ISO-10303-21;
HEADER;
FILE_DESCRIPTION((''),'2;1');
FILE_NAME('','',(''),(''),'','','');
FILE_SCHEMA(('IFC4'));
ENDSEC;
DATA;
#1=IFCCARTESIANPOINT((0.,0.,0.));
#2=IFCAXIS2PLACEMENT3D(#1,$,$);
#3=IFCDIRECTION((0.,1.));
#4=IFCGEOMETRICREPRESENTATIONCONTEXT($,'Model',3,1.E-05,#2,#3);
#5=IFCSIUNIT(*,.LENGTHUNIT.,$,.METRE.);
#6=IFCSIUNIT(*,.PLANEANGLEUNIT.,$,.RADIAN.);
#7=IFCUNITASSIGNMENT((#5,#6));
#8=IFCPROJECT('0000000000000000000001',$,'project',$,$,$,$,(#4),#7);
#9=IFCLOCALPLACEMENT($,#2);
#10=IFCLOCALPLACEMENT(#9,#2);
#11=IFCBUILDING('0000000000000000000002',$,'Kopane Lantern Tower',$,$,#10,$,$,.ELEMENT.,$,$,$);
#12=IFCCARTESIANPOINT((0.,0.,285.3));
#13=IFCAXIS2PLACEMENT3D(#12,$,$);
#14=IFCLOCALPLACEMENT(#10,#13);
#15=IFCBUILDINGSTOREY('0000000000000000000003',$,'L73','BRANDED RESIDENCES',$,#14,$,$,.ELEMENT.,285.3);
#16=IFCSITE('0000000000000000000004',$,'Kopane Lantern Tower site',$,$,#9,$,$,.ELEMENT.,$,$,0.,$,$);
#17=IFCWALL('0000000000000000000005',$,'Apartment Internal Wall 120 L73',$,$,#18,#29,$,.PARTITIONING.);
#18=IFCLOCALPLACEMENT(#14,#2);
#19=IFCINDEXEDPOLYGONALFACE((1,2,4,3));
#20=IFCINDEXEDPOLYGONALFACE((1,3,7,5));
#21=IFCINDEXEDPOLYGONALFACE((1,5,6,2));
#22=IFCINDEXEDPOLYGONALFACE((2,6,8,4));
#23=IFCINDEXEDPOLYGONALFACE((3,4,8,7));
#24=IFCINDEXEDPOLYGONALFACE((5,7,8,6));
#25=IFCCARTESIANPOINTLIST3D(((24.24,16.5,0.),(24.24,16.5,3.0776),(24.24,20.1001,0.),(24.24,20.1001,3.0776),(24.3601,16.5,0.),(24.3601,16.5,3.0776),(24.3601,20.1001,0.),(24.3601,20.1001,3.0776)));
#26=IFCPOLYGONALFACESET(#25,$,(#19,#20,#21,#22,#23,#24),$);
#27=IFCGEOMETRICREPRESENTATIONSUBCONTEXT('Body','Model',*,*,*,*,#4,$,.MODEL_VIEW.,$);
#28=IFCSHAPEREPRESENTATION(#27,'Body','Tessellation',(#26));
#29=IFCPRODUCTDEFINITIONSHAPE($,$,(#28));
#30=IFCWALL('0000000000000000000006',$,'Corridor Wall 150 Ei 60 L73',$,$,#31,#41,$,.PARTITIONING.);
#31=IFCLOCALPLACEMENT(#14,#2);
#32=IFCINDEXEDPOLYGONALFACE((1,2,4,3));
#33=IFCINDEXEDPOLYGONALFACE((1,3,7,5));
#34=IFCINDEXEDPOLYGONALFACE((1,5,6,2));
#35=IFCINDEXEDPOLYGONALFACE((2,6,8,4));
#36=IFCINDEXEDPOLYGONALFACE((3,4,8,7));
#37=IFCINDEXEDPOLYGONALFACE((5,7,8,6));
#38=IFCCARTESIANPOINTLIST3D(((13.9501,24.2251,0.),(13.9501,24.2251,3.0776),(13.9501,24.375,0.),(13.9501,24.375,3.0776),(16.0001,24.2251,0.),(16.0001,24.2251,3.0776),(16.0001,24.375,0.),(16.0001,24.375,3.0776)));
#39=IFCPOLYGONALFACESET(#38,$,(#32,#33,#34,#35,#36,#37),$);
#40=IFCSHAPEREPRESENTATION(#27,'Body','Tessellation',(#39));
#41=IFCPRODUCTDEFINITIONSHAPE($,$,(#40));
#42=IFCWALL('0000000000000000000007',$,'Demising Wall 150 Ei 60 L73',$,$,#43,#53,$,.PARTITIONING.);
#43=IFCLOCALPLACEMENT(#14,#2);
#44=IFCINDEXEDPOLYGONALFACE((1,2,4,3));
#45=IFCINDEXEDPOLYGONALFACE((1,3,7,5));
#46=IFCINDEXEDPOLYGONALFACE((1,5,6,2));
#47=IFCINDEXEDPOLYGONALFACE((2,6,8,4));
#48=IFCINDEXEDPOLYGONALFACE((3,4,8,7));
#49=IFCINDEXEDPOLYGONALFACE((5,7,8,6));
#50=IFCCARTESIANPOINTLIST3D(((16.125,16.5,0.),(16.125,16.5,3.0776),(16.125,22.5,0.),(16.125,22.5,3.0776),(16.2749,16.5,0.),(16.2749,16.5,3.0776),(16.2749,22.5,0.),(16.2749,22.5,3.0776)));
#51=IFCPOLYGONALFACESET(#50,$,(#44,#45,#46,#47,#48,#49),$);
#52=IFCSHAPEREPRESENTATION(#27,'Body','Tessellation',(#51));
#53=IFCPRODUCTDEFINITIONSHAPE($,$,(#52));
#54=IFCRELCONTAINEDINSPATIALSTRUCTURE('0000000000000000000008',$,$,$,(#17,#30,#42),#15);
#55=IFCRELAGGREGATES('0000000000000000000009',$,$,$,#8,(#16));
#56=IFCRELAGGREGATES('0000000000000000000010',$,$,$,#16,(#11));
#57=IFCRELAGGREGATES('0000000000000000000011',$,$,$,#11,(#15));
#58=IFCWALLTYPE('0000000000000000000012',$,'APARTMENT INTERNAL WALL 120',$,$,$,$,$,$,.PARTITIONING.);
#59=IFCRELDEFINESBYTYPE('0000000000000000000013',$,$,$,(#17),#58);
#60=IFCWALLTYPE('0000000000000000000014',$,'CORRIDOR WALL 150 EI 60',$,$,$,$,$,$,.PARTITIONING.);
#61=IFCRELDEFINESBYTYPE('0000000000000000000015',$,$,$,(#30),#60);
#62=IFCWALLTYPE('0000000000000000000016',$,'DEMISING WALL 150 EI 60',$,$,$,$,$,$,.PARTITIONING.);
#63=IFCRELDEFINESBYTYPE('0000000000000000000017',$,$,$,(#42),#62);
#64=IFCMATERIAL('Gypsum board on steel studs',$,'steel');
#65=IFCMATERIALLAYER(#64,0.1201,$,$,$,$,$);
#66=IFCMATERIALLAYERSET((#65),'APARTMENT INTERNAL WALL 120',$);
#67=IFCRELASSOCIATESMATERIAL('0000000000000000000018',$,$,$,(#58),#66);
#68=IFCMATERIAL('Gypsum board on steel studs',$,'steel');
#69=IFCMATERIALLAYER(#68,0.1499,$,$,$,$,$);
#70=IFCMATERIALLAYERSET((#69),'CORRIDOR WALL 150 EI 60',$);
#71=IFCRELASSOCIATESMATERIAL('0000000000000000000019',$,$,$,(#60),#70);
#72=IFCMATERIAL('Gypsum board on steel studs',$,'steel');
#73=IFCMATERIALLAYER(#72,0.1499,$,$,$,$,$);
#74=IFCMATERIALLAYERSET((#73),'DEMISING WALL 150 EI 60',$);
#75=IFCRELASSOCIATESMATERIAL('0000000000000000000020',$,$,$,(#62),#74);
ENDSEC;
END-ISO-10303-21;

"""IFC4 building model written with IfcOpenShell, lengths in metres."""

from ifc_helpers import new_model, si_unit, direction, frame, frame_2d, origin, place, context, subcontext, project, spatial, rectangle, extrude, material, layer, layer_set, type_object, element, save


model = new_model("IFC4")

# Units and contexts
model_context = context("Model", 3, precision=1e-05, world=origin(), true_north=direction((0.0, 1.0)))
body_context = subcontext(model_context, "Body", "Model", "MODEL_VIEW")
ifc_project = project(units=[si_unit("LENGTHUNIT", "METRE"), si_unit("PLANEANGLEUNIT", "RADIAN")], contexts=[model_context])

# Site, building, storey
site_placement = place(None, origin())
site = spatial("IfcSite", under=ifc_project, at=site_placement, Name="Kopane Lantern Tower site", CompositionType="ELEMENT", RefElevation=0.0)
building_placement = place(site_placement, origin())
building = spatial("IfcBuilding", under=site, at=building_placement, Name="Kopane Lantern Tower", CompositionType="ELEMENT")
storey_placement = place(building_placement, frame((0.0, 0.0, 285.3)))
storey = spatial("IfcBuildingStorey", under=building, at=storey_placement, Name="L73", Description="BRANDED RESIDENCES", CompositionType="ELEMENT", Elevation=285.3)

# Walls
ifc_material_1 = material(Name="Gypsum board on steel studs", Category="steel")
ifc_layer_1 = layer(ifc_material_1, 0.1201)
ifc_layer_set_1 = layer_set([ifc_layer_1], Name="APARTMENT INTERNAL WALL 120")
wall_type_1 = type_object("IfcWallType", Name="APARTMENT INTERNAL WALL 120", PredefinedType="PARTITIONING", material=ifc_layer_set_1)
wall_1_placement = place(storey_placement, frame((24.3, 20.1001, 0.0), z_axis=(0.0, 0.0, 1.0), x_axis=(0.0, -1.0, 0.0)))
element("IfcWall", 1, at=wall_1_placement, inside=storey, type_object=wall_type_1, Name="Apartment Internal Wall 120 L73", PredefinedType="PARTITIONING", context=body_context, shape_type="SweptSolid", body=[
    extrude(rectangle(XDim=3.6001, YDim=0.1201, at=frame_2d((1.8, 0.0))), origin(), (0.0, 0.0, 1.0), 3.0776),
])
ifc_material_2 = material(Name="Gypsum board on steel studs", Category="steel")
ifc_layer_2 = layer(ifc_material_2, 0.1499)
ifc_layer_set_2 = layer_set([ifc_layer_2], Name="CORRIDOR WALL 150 EI 60")
wall_type_2 = type_object("IfcWallType", Name="CORRIDOR WALL 150 EI 60", PredefinedType="PARTITIONING", material=ifc_layer_set_2)
wall_2_placement = place(storey_placement, frame((16.0, 24.3, 0.0), z_axis=(0.0, 0.0, 1.0), x_axis=(-1.0, 0.0, 0.0)))
element("IfcWall", 2, at=wall_2_placement, inside=storey, type_object=wall_type_2, Name="Corridor Wall 150 Ei 60 L73", PredefinedType="PARTITIONING", context=body_context, shape_type="SweptSolid", body=[
    extrude(rectangle(XDim=2.05, YDim=0.1499, at=frame_2d((1.0249, 0.0))), origin(), (0.0, 0.0, 1.0), 3.0776),
])
ifc_material_3 = material(Name="Gypsum board on steel studs", Category="steel")
ifc_layer_3 = layer(ifc_material_3, 0.1499)
ifc_layer_set_3 = layer_set([ifc_layer_3], Name="DEMISING WALL 150 EI 60")
wall_type_3 = type_object("IfcWallType", Name="DEMISING WALL 150 EI 60", PredefinedType="PARTITIONING", material=ifc_layer_set_3)
wall_3_placement = place(storey_placement, frame((16.2, 22.5, 0.0), z_axis=(0.0, 0.0, 1.0), x_axis=(0.0, -1.0, 0.0)))
element("IfcWall", 3, at=wall_3_placement, inside=storey, type_object=wall_type_3, Name="Demising Wall 150 Ei 60 L73", PredefinedType="PARTITIONING", context=body_context, shape_type="SweptSolid", body=[
    extrude(rectangle(XDim=6.0, YDim=0.1499, at=frame_2d((3.0, 0.0))), origin(), (0.0, 0.0, 1.0), 3.0776),
])

save(model, "model.ifc")
